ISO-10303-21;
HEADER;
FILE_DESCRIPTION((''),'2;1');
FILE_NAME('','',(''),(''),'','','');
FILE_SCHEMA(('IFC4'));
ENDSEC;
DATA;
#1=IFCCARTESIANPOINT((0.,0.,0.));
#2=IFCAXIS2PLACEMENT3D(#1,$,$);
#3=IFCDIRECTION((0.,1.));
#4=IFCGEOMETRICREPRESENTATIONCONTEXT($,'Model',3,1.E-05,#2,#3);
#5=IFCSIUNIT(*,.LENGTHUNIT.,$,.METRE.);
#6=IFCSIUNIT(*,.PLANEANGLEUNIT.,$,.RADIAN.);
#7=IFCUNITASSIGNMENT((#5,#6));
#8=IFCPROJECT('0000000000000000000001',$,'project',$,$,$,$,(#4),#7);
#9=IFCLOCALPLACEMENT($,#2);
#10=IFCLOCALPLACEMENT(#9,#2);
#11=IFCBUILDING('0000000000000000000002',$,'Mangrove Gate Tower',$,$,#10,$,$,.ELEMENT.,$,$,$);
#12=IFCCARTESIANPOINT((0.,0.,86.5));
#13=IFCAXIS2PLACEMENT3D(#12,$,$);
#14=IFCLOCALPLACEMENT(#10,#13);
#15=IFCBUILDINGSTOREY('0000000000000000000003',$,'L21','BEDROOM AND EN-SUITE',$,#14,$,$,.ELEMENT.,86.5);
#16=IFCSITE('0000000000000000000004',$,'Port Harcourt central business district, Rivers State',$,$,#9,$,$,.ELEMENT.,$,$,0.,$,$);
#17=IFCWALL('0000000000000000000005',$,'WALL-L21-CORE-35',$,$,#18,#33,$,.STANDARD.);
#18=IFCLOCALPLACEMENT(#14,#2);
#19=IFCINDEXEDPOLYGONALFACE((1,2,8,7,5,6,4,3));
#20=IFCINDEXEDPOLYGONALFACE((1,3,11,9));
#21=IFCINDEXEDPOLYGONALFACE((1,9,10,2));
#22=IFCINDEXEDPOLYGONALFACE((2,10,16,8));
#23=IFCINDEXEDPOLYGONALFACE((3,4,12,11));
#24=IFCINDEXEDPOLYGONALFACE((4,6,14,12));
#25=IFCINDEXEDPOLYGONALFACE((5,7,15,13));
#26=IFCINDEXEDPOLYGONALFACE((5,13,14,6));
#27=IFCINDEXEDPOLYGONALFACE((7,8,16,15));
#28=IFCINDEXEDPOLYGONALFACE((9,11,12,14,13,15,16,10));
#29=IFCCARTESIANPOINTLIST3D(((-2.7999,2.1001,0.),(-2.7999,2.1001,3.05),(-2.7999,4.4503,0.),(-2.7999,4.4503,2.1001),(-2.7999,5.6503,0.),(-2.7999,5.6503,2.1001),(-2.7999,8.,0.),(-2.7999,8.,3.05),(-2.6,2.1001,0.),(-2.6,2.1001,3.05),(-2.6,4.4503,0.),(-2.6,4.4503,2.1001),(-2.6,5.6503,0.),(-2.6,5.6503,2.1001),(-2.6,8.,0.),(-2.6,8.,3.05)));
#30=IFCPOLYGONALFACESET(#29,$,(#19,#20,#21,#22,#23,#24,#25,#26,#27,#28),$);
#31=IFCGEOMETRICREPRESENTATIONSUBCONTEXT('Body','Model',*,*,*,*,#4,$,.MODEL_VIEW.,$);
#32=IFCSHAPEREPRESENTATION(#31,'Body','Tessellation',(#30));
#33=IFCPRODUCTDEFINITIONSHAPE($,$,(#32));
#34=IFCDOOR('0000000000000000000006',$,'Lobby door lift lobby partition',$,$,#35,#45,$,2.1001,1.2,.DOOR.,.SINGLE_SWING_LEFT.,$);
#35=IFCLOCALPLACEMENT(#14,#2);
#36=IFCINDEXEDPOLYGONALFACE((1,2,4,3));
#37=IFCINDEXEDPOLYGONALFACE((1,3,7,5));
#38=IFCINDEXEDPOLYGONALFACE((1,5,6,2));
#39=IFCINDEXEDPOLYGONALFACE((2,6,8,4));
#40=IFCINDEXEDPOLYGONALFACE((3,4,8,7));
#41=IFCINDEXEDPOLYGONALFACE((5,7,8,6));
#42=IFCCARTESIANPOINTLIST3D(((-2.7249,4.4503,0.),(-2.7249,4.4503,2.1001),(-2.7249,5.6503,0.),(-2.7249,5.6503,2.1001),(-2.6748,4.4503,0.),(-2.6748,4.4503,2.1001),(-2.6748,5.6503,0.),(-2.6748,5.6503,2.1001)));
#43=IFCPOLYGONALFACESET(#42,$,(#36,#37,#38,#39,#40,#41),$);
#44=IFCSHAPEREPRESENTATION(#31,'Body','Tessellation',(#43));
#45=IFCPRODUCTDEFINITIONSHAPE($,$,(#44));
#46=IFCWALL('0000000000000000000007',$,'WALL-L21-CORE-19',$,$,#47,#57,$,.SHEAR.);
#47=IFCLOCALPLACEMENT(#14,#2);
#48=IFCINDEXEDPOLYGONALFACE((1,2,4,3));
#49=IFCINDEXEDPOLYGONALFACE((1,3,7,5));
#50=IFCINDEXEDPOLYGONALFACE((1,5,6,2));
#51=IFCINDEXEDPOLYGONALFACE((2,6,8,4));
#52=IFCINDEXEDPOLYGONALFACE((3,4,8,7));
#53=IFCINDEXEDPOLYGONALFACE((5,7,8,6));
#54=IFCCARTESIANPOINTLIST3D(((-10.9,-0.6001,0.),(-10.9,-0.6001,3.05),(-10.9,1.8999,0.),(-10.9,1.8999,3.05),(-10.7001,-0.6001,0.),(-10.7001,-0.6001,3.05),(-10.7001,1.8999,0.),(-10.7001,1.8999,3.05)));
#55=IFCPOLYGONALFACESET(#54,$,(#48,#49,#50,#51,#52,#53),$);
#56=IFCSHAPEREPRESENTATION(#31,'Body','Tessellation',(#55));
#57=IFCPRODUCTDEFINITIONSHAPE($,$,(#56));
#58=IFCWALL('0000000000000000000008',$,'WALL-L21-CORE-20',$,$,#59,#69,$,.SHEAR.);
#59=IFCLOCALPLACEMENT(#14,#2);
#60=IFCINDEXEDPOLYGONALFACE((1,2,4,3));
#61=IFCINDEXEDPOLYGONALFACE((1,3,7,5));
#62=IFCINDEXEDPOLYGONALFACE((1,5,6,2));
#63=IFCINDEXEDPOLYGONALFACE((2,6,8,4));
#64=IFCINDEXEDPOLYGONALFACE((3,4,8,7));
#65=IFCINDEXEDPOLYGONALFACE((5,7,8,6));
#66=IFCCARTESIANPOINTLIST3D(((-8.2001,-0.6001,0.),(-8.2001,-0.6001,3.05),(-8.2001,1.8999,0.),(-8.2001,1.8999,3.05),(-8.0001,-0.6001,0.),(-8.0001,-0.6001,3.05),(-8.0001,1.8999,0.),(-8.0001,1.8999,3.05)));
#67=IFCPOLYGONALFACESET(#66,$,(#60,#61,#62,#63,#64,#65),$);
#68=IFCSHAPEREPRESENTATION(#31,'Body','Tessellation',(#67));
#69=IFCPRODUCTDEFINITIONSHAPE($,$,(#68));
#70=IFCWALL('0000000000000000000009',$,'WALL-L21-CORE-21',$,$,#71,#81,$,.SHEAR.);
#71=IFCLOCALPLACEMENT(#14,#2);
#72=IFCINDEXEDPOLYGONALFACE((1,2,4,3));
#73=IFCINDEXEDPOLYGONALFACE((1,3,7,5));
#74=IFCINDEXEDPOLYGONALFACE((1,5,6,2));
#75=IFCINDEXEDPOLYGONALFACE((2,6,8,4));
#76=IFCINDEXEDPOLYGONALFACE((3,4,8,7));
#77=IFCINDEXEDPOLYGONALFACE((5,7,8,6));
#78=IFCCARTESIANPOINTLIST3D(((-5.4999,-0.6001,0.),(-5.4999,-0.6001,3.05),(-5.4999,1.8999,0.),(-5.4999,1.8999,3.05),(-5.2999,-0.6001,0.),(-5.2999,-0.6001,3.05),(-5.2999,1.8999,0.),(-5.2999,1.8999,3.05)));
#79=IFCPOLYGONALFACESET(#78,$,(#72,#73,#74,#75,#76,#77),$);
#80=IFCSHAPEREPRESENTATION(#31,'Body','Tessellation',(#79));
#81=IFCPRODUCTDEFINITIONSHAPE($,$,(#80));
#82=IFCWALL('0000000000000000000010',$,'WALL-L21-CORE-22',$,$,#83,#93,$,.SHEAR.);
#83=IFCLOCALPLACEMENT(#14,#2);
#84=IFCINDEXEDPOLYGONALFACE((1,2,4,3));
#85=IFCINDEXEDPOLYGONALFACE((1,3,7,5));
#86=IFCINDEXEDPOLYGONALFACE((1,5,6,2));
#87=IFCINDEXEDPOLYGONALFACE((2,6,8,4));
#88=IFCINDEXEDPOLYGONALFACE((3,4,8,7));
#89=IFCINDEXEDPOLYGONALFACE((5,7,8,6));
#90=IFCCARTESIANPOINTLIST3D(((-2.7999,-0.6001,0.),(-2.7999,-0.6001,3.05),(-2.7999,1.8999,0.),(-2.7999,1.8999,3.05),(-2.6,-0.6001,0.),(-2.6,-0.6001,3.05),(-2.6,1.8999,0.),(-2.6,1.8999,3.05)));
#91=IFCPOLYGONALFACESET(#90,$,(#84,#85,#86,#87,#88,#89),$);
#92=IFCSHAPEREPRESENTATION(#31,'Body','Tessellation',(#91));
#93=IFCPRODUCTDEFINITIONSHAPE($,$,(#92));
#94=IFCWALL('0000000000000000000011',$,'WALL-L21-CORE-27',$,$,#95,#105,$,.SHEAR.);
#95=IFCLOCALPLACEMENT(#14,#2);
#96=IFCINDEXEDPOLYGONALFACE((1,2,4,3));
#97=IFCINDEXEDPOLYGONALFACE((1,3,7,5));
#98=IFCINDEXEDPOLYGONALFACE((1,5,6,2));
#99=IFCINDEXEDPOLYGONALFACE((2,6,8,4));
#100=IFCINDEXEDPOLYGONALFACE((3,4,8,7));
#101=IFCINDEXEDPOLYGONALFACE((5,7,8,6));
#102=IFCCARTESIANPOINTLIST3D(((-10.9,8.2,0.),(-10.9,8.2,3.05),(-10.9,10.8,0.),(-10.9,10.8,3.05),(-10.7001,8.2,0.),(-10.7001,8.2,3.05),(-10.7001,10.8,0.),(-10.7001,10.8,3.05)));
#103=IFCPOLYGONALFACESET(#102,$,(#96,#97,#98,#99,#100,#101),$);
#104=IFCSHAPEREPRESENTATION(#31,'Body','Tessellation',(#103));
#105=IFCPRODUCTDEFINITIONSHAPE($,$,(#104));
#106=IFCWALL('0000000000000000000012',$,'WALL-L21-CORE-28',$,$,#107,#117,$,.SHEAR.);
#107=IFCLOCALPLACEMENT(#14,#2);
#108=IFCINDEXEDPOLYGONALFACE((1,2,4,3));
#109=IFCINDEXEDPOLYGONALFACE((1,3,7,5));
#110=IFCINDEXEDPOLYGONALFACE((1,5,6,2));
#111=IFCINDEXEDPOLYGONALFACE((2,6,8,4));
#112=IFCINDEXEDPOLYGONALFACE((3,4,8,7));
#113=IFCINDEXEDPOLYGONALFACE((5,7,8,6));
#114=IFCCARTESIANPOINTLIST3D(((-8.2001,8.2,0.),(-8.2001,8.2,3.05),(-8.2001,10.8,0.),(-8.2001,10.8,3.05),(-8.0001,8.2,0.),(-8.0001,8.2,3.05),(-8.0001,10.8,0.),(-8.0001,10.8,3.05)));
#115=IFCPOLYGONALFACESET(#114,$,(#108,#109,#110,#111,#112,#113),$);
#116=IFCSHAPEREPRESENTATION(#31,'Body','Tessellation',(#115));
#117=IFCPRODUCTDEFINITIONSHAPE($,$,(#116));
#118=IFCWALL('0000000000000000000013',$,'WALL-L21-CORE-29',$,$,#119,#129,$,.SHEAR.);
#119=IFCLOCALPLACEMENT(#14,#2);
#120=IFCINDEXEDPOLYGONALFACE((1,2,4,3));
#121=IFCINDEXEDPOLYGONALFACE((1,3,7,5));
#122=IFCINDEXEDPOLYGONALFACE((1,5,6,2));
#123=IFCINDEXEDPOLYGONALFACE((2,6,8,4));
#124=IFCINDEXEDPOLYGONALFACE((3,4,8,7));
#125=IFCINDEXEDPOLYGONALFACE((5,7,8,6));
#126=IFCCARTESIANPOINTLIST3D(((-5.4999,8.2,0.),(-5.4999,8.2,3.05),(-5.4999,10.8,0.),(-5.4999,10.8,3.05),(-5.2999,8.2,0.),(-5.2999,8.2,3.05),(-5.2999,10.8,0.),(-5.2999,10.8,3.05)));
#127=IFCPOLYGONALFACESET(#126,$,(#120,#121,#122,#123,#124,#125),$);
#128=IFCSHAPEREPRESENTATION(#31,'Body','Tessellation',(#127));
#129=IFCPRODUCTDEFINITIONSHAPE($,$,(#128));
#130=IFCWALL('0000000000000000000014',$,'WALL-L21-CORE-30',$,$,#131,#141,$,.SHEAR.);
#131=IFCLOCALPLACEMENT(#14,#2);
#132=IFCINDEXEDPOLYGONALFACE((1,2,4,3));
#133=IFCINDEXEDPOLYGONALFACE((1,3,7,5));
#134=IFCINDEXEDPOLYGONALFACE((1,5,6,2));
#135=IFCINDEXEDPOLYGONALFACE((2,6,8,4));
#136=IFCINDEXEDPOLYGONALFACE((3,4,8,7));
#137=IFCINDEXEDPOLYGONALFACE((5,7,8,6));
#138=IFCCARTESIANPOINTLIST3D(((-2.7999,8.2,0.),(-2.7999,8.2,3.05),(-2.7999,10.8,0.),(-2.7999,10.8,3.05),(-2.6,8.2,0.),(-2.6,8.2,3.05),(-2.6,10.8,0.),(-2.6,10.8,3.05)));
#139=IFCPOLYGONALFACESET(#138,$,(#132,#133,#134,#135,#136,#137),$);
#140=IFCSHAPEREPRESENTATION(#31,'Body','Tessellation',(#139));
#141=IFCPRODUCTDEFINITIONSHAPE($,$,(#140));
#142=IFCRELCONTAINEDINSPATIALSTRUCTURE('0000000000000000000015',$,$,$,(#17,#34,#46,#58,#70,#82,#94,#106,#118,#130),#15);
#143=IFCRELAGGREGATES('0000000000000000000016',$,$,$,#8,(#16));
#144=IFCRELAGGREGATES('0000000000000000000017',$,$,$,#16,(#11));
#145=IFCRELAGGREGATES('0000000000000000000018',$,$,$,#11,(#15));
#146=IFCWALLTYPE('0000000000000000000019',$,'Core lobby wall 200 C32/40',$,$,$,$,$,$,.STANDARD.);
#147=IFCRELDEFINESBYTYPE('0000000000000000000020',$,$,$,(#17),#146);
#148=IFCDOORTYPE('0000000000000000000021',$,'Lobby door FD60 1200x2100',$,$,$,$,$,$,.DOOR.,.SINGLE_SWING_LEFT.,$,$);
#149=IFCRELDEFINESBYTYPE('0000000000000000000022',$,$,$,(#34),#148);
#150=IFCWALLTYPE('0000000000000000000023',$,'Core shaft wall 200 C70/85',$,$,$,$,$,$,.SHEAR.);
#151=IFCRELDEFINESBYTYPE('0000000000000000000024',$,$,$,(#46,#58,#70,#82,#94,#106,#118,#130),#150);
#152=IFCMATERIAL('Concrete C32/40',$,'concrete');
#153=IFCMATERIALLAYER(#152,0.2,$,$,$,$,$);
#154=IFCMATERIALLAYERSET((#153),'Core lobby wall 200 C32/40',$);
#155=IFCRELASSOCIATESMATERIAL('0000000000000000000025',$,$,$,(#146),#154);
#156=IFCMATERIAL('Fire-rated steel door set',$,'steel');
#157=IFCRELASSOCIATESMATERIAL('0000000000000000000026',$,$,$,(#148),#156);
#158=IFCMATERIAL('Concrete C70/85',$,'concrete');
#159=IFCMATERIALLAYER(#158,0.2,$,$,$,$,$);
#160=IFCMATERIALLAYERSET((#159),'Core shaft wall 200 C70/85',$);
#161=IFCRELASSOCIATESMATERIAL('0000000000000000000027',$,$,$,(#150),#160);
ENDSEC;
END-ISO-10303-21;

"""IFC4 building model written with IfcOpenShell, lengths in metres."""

from ifc_helpers import new_model, si_unit, direction, frame, frame_2d, origin, place, context, subcontext, project, spatial, rectangle, extrude, material, layer, layer_set, type_object, element, fill, save


model = new_model("IFC4")

# Units and contexts
model_context = context("Model", 3, precision=1e-05, world=origin(), true_north=direction((0.0, 1.0)))
body_context = subcontext(model_context, "Body", "Model", "MODEL_VIEW")
ifc_project = project(units=[si_unit("LENGTHUNIT", "METRE"), si_unit("PLANEANGLEUNIT", "RADIAN")], contexts=[model_context])

# Site, building, storey
site_placement = place(None, origin())
site = spatial("IfcSite", under=ifc_project, at=site_placement, Name="Port Harcourt central business district, Rivers State", CompositionType="ELEMENT", RefElevation=0.0)
building_placement = place(site_placement, origin())
building = spatial("IfcBuilding", under=site, at=building_placement, Name="Mangrove Gate Tower", CompositionType="ELEMENT")
storey_placement = place(building_placement, frame((0.0, 0.0, 86.5)))
storey = spatial("IfcBuildingStorey", under=building, at=storey_placement, Name="L21", Description="BEDROOM AND EN-SUITE", CompositionType="ELEMENT", Elevation=86.5)

# Wall, opening, door
ifc_material_1 = material(Name="Concrete C32/40", Category="concrete")
ifc_layer_1 = layer(ifc_material_1, 0.2)
ifc_layer_set_1 = layer_set([ifc_layer_1], Name="Core lobby wall 200 C32/40")
wall_type_1 = type_object("IfcWallType", Name="Core lobby wall 200 C32/40", PredefinedType="STANDARD", material=ifc_layer_set_1)
wall_placement = place(storey_placement, frame((-2.7, 2.1001, 0.0), z_axis=(0.0, 0.0, 1.0), x_axis=(0.0, 1.0, 0.0)))
wall = element("IfcWall", 1, at=wall_placement, inside=storey, type_object=wall_type_1, Name="WALL-L21-CORE-35", PredefinedType="STANDARD", context=body_context, shape_type="SweptSolid", body=[
    extrude(rectangle(XDim=5.8999, YDim=0.2, at=frame_2d((2.95, 0.0))), origin(), (0.0, 0.0, 1.0), 3.05),
])
opening_placement = place(wall_placement, frame((2.3501, 0.0, 0.0)))
opening = element("IfcOpeningElement", 2, at=opening_placement, cuts=wall, PredefinedType="OPENING", context=body_context, shape_type="SweptSolid", body=[
    extrude(rectangle(XDim=1.2, YDim=2.1001, at=frame_2d((0.6001, 1.05))), frame((0.0, 0.1099, 0.0), z_axis=(0.0, -1.0, 0.0), x_axis=(1.0, 0.0, 0.0)), (0.0, 0.0, 1.0), 0.22),
])
ifc_material_2 = material(Name="Fire-rated steel door set", Category="steel")
door_type = type_object("IfcDoorType", Name="Lobby door FD60 1200x2100", OperationType="SINGLE_SWING_LEFT", PredefinedType="DOOR", material=ifc_material_2)
door_placement = place(opening_placement, origin())
door = element("IfcDoor", 3, at=door_placement, inside=storey, type_object=door_type, Name="Lobby door lift lobby partition", OperationType="SINGLE_SWING_LEFT", OverallHeight=2.1001, OverallWidth=1.2, PredefinedType="DOOR", context=body_context, shape_type="SweptSolid", body=[
    extrude(rectangle(XDim=1.2, YDim=2.1001, at=frame_2d((0.6001, 1.05))), frame((0.0, 0.0249, 0.0), z_axis=(0.0, -1.0, 0.0), x_axis=(1.0, 0.0, 0.0)), (0.0, 0.0, 1.0), 0.05),
])
fill(opening, door)

# Walls
ifc_material_3 = material(Name="Concrete C70/85", Category="concrete")
ifc_layer_2 = layer(ifc_material_3, 0.2)
ifc_layer_set_2 = layer_set([ifc_layer_2], Name="Core shaft wall 200 C70/85")
wall_type_2 = type_object("IfcWallType", Name="Core shaft wall 200 C70/85", PredefinedType="SHEAR", material=ifc_layer_set_2)
for number, where, z_axis, x_axis, name in (
    (4, (-10.8, -0.6001, 0.0), (0.0, 0.0, 1.0), (0.0, 1.0, 0.0), "WALL-L21-CORE-19"),
    (5, (-8.1001, -0.6001, 0.0), (0.0, 0.0, 1.0), (0.0, 1.0, 0.0), "WALL-L21-CORE-20"),
    (6, (-5.3999, -0.6001, 0.0), (0.0, 0.0, 1.0), (0.0, 1.0, 0.0), "WALL-L21-CORE-21"),
    (7, (-2.7, -0.6001, 0.0), (0.0, 0.0, 1.0), (0.0, 1.0, 0.0), "WALL-L21-CORE-22"),
):
    element("IfcWall", number, at=place(storey_placement, frame(where, z_axis=z_axis, x_axis=x_axis)), inside=storey, type_object=wall_type_2, Name=name, PredefinedType="SHEAR", context=body_context, shape_type="SweptSolid", body=[
        extrude(rectangle(XDim=2.5, YDim=0.2, at=frame_2d((1.25, 0.0))), origin(), (0.0, 0.0, 1.0), 3.05),
    ])
for number, where, z_axis, x_axis, name in (
    (8, (-10.8, 8.2, 0.0), (0.0, 0.0, 1.0), (0.0, 1.0, 0.0), "WALL-L21-CORE-27"),
    (9, (-8.1001, 8.2, 0.0), (0.0, 0.0, 1.0), (0.0, 1.0, 0.0), "WALL-L21-CORE-28"),
    (10, (-5.3999, 8.2, 0.0), (0.0, 0.0, 1.0), (0.0, 1.0, 0.0), "WALL-L21-CORE-29"),
    (11, (-2.7, 8.2, 0.0), (0.0, 0.0, 1.0), (0.0, 1.0, 0.0), "WALL-L21-CORE-30"),
):
    element("IfcWall", number, at=place(storey_placement, frame(where, z_axis=z_axis, x_axis=x_axis)), inside=storey, type_object=wall_type_2, Name=name, PredefinedType="SHEAR", context=body_context, shape_type="SweptSolid", body=[
        extrude(rectangle(XDim=2.6001, YDim=0.2, at=frame_2d((1.3, 0.0))), origin(), (0.0, 0.0, 1.0), 3.05),
    ])

save(model, "model.ifc")
